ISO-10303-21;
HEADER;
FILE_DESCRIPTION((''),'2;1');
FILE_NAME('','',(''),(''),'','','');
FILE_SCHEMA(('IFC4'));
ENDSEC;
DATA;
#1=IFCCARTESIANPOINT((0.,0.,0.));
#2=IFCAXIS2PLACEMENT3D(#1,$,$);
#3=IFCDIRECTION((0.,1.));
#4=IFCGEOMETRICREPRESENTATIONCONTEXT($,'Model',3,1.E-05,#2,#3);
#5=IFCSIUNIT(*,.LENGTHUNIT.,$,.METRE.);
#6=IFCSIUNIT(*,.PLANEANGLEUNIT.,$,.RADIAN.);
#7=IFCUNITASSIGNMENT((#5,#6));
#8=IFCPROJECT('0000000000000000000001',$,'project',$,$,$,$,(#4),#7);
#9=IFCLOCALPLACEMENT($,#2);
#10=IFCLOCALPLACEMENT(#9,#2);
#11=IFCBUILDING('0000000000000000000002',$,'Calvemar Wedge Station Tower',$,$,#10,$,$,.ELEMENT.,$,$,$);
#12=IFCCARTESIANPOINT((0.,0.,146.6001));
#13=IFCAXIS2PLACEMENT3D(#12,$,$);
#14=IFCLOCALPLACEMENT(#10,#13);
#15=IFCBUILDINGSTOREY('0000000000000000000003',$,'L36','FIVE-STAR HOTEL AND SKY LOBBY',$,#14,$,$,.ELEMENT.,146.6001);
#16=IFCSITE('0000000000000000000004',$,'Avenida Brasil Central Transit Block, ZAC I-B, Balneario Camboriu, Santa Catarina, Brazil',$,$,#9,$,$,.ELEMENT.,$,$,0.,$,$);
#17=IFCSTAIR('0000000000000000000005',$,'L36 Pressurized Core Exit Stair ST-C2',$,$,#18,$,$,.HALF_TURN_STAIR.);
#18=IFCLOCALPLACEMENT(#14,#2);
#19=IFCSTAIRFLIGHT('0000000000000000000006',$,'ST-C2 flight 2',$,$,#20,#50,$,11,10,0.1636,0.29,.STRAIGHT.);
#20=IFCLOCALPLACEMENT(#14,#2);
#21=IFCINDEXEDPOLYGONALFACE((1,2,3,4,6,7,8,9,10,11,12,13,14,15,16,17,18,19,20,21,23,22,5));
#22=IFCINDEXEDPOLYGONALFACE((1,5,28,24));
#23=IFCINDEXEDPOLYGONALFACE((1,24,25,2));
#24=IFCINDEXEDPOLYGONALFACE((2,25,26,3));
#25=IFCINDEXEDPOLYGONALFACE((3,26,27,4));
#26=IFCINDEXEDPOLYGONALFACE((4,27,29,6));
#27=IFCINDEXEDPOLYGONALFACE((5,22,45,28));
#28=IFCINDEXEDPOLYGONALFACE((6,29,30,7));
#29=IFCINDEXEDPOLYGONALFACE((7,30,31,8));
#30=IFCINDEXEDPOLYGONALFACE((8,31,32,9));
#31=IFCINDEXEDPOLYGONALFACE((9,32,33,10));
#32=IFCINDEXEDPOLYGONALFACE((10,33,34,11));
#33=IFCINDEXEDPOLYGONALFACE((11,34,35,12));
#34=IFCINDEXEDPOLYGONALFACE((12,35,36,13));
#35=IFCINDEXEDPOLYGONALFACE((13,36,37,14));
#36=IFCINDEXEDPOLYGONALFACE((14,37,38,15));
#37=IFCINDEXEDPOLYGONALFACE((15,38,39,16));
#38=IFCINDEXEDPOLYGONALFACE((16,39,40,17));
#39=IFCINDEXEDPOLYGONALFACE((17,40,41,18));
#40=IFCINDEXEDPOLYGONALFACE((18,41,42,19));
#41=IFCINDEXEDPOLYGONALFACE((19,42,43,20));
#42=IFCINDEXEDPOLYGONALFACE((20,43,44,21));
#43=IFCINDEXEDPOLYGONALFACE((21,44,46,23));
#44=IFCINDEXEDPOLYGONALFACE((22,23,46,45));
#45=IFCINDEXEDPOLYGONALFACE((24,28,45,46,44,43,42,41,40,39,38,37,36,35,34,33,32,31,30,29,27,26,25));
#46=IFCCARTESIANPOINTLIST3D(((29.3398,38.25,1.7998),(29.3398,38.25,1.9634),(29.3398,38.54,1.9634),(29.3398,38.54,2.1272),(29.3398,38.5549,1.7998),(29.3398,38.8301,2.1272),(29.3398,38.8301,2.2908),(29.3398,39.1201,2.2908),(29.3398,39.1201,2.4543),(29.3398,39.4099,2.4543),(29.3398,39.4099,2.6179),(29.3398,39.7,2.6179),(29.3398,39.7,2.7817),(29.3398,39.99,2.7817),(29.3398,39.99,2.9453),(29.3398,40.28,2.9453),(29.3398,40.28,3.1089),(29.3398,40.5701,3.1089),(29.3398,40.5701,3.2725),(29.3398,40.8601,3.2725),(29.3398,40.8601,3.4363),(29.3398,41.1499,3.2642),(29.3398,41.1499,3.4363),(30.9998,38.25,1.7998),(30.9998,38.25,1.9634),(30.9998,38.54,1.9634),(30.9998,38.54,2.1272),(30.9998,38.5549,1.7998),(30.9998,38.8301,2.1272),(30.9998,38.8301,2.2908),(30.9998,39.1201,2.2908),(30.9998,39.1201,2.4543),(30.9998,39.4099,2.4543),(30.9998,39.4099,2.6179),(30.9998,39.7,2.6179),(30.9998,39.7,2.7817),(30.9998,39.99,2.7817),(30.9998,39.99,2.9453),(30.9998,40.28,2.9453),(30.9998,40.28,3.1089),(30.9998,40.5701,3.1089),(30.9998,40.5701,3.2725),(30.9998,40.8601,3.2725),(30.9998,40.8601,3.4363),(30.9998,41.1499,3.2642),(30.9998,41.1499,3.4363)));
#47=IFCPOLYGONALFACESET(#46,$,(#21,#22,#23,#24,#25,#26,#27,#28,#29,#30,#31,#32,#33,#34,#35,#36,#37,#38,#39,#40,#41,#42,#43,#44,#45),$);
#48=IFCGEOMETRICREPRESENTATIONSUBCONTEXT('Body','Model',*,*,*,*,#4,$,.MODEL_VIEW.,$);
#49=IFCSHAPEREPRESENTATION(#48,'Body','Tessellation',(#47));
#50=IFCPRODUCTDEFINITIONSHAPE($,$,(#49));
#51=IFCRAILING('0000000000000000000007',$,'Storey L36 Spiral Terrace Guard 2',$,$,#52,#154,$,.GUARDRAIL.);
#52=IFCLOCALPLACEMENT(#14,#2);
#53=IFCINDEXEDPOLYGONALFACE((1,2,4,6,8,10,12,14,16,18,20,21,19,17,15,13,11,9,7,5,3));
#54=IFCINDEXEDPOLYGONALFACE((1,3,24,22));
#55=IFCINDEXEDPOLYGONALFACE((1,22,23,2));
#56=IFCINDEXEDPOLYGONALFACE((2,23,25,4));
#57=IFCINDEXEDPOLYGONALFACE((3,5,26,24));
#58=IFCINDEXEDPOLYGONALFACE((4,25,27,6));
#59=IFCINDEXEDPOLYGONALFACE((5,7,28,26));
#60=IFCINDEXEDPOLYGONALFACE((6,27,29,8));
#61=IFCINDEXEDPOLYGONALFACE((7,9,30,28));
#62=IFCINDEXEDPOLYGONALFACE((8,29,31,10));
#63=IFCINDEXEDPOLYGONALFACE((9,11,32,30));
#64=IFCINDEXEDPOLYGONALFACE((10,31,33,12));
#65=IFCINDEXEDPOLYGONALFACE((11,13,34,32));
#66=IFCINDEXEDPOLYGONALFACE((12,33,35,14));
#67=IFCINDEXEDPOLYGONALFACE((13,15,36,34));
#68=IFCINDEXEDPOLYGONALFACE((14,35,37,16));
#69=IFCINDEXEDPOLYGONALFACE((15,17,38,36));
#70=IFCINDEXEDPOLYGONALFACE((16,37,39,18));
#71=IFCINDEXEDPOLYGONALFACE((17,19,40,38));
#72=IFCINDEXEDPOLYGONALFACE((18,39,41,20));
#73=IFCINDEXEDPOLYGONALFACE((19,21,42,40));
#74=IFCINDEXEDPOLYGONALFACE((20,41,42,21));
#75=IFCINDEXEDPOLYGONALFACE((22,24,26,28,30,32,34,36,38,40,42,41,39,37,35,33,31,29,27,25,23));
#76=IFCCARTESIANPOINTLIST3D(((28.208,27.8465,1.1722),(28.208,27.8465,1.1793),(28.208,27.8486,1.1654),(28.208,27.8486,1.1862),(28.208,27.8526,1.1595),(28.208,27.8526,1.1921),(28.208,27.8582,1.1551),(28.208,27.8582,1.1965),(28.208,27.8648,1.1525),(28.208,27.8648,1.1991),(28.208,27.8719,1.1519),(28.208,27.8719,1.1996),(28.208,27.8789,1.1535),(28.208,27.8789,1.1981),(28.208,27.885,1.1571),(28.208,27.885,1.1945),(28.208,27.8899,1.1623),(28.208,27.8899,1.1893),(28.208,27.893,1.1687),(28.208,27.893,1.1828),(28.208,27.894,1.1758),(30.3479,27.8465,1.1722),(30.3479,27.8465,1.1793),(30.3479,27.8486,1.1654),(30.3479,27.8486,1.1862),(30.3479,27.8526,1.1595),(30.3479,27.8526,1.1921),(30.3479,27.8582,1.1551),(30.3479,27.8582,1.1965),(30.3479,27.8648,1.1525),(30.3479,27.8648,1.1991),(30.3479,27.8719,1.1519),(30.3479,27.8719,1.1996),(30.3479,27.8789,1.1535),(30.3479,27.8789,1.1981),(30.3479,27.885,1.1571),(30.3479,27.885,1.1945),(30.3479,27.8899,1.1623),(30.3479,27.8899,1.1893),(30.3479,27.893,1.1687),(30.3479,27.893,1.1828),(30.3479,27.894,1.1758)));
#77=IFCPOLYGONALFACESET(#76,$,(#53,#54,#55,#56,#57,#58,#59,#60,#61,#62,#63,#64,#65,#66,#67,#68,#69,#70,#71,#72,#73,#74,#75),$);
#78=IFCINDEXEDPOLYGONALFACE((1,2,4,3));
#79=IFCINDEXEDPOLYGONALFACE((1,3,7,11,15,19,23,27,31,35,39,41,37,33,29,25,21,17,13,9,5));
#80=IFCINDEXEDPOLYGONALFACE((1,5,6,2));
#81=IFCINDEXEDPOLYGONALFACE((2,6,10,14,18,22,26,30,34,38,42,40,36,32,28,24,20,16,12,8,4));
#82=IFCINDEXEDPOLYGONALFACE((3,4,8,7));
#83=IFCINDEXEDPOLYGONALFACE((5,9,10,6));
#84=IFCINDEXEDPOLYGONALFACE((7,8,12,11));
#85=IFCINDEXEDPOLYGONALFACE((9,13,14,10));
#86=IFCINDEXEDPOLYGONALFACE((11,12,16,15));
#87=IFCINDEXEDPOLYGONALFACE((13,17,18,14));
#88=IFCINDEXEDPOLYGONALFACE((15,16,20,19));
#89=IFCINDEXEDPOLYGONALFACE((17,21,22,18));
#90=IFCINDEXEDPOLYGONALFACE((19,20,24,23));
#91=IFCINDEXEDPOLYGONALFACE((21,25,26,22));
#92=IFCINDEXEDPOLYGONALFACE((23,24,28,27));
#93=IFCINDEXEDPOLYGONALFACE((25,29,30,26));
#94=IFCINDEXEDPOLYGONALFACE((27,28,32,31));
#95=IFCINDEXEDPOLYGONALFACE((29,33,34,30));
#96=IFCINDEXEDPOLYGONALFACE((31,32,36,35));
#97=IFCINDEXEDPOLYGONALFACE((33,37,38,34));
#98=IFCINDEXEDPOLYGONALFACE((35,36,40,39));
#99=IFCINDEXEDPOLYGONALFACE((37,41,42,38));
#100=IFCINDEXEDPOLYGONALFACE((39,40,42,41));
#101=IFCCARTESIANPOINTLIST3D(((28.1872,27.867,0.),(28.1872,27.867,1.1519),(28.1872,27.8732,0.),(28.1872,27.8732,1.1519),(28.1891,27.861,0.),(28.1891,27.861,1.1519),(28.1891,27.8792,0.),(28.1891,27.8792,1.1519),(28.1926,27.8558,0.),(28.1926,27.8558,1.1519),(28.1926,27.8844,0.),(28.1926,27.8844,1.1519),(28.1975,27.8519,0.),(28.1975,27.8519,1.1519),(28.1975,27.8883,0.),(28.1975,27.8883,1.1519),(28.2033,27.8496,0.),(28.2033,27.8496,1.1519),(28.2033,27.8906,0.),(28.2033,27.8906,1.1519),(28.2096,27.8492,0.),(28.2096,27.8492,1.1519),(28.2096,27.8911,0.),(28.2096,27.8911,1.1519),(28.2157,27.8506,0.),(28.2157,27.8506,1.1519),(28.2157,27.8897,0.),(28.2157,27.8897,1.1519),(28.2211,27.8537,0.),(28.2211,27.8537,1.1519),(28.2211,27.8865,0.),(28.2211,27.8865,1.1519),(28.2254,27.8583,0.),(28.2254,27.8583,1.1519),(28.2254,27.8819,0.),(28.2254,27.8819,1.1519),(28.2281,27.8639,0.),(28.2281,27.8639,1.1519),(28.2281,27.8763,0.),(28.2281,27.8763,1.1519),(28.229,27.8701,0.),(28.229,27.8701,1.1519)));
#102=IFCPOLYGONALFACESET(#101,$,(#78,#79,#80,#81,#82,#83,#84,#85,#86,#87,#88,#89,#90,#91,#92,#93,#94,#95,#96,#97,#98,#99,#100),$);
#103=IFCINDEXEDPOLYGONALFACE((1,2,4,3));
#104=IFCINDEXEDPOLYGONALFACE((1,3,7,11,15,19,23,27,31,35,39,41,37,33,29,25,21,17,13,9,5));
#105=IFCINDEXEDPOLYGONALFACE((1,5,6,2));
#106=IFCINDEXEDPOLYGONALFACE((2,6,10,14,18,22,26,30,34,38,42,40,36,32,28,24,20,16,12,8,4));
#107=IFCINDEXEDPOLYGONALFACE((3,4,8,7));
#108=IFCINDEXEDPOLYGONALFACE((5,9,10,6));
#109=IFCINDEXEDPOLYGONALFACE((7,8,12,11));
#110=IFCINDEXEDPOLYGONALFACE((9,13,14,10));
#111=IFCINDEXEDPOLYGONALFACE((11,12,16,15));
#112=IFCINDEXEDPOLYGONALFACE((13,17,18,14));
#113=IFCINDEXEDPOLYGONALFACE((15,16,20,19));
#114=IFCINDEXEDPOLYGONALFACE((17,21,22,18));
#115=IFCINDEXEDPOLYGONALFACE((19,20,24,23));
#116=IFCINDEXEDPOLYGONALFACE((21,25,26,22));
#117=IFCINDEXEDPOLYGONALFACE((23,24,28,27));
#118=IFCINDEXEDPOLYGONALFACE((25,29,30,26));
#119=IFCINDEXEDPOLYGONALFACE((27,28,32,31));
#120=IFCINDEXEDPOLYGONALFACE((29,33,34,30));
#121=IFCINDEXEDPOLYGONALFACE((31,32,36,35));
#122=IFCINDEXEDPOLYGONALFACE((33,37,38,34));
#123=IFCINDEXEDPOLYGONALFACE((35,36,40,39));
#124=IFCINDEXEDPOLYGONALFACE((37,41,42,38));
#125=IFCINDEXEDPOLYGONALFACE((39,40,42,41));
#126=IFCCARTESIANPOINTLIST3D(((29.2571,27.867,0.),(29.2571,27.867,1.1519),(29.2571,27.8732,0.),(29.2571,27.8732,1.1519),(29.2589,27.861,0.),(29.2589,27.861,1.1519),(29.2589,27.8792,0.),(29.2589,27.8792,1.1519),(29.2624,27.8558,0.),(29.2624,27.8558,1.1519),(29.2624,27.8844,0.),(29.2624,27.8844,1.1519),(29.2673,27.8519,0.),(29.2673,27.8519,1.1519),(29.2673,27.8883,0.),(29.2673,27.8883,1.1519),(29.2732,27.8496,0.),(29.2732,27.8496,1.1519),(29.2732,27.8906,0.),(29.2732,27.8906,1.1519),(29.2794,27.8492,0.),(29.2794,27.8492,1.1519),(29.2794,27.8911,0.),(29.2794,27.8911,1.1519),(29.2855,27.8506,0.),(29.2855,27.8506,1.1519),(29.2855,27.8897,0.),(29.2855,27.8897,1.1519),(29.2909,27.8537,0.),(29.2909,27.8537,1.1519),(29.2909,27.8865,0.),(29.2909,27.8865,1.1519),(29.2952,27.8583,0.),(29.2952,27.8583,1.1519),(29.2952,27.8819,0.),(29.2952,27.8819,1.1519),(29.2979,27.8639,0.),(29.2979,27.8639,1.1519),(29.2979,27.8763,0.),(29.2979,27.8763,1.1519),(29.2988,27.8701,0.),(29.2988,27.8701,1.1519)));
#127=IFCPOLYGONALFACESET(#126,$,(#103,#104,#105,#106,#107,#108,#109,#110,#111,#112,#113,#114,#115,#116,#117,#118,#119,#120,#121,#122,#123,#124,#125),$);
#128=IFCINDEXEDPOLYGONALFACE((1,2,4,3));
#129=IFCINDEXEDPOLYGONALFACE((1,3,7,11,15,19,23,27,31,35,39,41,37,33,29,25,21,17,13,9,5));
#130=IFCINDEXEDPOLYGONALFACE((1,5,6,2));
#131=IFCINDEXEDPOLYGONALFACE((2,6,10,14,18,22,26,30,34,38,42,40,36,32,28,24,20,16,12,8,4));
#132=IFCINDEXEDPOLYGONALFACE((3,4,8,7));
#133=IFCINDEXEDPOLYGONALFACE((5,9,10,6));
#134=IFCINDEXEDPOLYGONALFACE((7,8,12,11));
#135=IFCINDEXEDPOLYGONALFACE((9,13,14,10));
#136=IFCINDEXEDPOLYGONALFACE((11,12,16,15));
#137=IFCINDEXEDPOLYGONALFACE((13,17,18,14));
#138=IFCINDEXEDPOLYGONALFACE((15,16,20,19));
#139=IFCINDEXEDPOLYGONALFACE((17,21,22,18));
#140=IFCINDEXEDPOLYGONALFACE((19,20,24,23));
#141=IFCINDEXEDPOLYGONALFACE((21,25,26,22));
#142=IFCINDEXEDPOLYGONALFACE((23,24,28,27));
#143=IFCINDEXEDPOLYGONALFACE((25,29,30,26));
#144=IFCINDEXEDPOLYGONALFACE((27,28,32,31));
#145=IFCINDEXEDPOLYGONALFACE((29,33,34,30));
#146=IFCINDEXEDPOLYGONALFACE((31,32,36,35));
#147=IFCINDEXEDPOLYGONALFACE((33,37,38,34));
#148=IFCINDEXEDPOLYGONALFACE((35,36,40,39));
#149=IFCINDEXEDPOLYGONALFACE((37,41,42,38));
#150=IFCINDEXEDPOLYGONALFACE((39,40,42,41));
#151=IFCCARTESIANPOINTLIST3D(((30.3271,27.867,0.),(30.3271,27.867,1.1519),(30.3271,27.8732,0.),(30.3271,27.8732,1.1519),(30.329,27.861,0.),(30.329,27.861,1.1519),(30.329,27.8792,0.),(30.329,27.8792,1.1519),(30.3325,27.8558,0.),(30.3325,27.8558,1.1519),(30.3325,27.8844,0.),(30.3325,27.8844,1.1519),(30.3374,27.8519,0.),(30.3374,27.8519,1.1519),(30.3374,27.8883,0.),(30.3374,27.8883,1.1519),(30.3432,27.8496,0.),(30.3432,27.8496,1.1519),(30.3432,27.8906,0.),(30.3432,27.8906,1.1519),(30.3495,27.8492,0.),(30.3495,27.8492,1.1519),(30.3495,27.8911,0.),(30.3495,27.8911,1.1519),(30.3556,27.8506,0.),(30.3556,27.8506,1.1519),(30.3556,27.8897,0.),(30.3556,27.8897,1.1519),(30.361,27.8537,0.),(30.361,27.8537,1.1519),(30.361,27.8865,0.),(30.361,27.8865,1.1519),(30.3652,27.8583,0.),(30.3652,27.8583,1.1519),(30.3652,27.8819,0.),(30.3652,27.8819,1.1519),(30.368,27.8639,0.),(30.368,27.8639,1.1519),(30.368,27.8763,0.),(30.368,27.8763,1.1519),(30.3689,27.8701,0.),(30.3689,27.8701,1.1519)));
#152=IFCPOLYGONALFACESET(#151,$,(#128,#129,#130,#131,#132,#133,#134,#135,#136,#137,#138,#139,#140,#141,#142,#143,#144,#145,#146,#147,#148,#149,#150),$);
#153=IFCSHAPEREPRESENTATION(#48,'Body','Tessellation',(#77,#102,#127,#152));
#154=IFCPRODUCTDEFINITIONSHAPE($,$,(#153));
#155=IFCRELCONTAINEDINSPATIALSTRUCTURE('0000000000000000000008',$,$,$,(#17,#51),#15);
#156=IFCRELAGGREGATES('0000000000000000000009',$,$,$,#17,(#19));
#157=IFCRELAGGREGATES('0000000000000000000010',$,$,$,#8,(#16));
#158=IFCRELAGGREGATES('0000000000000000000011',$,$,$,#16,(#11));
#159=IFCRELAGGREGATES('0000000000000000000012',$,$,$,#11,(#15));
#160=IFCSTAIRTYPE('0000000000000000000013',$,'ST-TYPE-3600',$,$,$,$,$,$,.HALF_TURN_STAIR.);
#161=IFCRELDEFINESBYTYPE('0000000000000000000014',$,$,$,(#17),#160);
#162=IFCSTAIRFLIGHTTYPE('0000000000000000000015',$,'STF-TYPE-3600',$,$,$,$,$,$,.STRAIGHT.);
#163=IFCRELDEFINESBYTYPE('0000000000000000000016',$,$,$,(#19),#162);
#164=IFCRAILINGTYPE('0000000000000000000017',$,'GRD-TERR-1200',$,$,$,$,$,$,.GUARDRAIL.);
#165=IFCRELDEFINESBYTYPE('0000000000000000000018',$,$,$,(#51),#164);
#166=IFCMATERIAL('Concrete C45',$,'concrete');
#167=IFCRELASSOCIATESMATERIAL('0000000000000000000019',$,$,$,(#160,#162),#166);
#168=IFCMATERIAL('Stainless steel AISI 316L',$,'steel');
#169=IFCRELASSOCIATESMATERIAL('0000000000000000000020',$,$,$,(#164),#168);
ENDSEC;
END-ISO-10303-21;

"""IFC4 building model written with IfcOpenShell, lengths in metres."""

from ifc_helpers import new_model, si_unit, direction, frame, origin, origin_2d, place, context, subcontext, project, spatial, polyline, circle, outline, extrude, material, type_object, element, aggregate, save


model = new_model("IFC4")

# Units and contexts
model_context = context("Model", 3, precision=1e-05, world=origin(), true_north=direction((0.0, 1.0)))
body_context = subcontext(model_context, "Body", "Model", "MODEL_VIEW")
ifc_project = project(units=[si_unit("LENGTHUNIT", "METRE"), si_unit("PLANEANGLEUNIT", "RADIAN")], contexts=[model_context])

# Site, building, storey
site_placement = place(None, origin())
site = spatial("IfcSite", under=ifc_project, at=site_placement, Name="Avenida Brasil Central Transit Block, ZAC I-B, Balneario Camboriu, Santa Catarina, Brazil", CompositionType="ELEMENT", RefElevation=0.0)
building_placement = place(site_placement, origin())
building = spatial("IfcBuilding", under=site, at=building_placement, Name="Calvemar Wedge Station Tower", CompositionType="ELEMENT")
storey_placement = place(building_placement, frame((0.0, 0.0, 146.6001)))
storey = spatial("IfcBuildingStorey", under=building, at=storey_placement, Name="L36", Description="FIVE-STAR HOTEL AND SKY LOBBY", CompositionType="ELEMENT", Elevation=146.6001)

# Stair, stair flight
ifc_material_1 = material(Name="Concrete C45", Category="concrete")
stair_type = type_object("IfcStairType", Name="ST-TYPE-3600", PredefinedType="HALF_TURN_STAIR", material=ifc_material_1)
stair_placement = place(storey_placement, origin())
stair = element("IfcStair", 1, at=stair_placement, inside=storey, type_object=stair_type, Name="L36 Pressurized Core Exit Stair ST-C2", PredefinedType="HALF_TURN_STAIR")
stair_flight_type = type_object("IfcStairFlightType", Name="STF-TYPE-3600", PredefinedType="STRAIGHT", material=ifc_material_1)
stair_flight_placement = place(storey_placement, frame((30.1699, 38.25, 1.7998), z_axis=(0.0, 0.0, 1.0), x_axis=(0.0, 1.0, 0.0)))
stair_flight = element("IfcStairFlight", 2, at=stair_flight_placement, type_object=stair_flight_type, Name="ST-C2 flight 2", NumberOfRisers=11, NumberOfTreads=10, PredefinedType="STRAIGHT", RiserHeight=0.1636, TreadLength=0.29, context=body_context, shape_type="SweptSolid", body=[
    extrude(outline(polyline([(0.0, 0.0), (0.0, 0.1636), (0.29, 0.1636), (0.29, 0.3274), (0.5801, 0.3274), (0.5801, 0.491), (0.8701, 0.491), (0.8701, 0.6545), (1.1599, 0.6545), (1.1599, 0.8181), (1.45, 0.8181), (1.45, 0.9819), (1.74, 0.9819), (1.74, 1.1455), (2.03, 1.1455), (2.03, 1.3091), (2.3201, 1.3091), (2.3201, 1.4727), (2.6101, 1.4727), (2.6101, 1.6365), (2.8999, 1.6365), (2.8999, 1.8), (2.8999, 1.4644), (0.3049, 0.0), (0.0, 0.0)])), frame((0.0, 0.8301, 0.0), z_axis=(0.0, -1.0, 0.0), x_axis=(1.0, 0.0, 0.0)), (0.0, 0.0, 1.0), 1.6599),
])
aggregate(stair, [stair_flight])

# Railing
ifc_material_2 = material(Name="Stainless steel AISI 316L", Category="steel")
railing_type_1 = type_object("IfcRailingType", Name="GRD-TERR-1200", PredefinedType="GUARDRAIL", material=ifc_material_2)
railing_1_placement = place(storey_placement, frame((28.208, 27.8701, 0.0)))
element("IfcRailing", 3, at=railing_1_placement, inside=storey, type_object=railing_type_1, Name="Storey L36 Spiral Terrace Guard 2", PredefinedType="GUARDRAIL", context=body_context, shape_type="SweptSolid", body=[
    extrude(circle(Radius=0.0239, at=origin_2d()), frame((0.0, 0.0, 1.1758), z_axis=(1.0, 0.0, 0.0), x_axis=(0.0, 1.0, 0.0)), (0.0, 0.0, 1.0), 2.1399),
    extrude(circle(Radius=0.021, at=origin_2d()), origin(), (0.0, 0.0, 1.0), 1.1519),
    extrude(circle(Radius=0.021, at=origin_2d()), frame((1.0698, 0.0, 0.0)), (0.0, 0.0, 1.0), 1.1519),
    extrude(circle(Radius=0.021, at=origin_2d()), frame((2.1399, 0.0, 0.0)), (0.0, 0.0, 1.0), 1.1519),
])

save(model, "model.ifc")
